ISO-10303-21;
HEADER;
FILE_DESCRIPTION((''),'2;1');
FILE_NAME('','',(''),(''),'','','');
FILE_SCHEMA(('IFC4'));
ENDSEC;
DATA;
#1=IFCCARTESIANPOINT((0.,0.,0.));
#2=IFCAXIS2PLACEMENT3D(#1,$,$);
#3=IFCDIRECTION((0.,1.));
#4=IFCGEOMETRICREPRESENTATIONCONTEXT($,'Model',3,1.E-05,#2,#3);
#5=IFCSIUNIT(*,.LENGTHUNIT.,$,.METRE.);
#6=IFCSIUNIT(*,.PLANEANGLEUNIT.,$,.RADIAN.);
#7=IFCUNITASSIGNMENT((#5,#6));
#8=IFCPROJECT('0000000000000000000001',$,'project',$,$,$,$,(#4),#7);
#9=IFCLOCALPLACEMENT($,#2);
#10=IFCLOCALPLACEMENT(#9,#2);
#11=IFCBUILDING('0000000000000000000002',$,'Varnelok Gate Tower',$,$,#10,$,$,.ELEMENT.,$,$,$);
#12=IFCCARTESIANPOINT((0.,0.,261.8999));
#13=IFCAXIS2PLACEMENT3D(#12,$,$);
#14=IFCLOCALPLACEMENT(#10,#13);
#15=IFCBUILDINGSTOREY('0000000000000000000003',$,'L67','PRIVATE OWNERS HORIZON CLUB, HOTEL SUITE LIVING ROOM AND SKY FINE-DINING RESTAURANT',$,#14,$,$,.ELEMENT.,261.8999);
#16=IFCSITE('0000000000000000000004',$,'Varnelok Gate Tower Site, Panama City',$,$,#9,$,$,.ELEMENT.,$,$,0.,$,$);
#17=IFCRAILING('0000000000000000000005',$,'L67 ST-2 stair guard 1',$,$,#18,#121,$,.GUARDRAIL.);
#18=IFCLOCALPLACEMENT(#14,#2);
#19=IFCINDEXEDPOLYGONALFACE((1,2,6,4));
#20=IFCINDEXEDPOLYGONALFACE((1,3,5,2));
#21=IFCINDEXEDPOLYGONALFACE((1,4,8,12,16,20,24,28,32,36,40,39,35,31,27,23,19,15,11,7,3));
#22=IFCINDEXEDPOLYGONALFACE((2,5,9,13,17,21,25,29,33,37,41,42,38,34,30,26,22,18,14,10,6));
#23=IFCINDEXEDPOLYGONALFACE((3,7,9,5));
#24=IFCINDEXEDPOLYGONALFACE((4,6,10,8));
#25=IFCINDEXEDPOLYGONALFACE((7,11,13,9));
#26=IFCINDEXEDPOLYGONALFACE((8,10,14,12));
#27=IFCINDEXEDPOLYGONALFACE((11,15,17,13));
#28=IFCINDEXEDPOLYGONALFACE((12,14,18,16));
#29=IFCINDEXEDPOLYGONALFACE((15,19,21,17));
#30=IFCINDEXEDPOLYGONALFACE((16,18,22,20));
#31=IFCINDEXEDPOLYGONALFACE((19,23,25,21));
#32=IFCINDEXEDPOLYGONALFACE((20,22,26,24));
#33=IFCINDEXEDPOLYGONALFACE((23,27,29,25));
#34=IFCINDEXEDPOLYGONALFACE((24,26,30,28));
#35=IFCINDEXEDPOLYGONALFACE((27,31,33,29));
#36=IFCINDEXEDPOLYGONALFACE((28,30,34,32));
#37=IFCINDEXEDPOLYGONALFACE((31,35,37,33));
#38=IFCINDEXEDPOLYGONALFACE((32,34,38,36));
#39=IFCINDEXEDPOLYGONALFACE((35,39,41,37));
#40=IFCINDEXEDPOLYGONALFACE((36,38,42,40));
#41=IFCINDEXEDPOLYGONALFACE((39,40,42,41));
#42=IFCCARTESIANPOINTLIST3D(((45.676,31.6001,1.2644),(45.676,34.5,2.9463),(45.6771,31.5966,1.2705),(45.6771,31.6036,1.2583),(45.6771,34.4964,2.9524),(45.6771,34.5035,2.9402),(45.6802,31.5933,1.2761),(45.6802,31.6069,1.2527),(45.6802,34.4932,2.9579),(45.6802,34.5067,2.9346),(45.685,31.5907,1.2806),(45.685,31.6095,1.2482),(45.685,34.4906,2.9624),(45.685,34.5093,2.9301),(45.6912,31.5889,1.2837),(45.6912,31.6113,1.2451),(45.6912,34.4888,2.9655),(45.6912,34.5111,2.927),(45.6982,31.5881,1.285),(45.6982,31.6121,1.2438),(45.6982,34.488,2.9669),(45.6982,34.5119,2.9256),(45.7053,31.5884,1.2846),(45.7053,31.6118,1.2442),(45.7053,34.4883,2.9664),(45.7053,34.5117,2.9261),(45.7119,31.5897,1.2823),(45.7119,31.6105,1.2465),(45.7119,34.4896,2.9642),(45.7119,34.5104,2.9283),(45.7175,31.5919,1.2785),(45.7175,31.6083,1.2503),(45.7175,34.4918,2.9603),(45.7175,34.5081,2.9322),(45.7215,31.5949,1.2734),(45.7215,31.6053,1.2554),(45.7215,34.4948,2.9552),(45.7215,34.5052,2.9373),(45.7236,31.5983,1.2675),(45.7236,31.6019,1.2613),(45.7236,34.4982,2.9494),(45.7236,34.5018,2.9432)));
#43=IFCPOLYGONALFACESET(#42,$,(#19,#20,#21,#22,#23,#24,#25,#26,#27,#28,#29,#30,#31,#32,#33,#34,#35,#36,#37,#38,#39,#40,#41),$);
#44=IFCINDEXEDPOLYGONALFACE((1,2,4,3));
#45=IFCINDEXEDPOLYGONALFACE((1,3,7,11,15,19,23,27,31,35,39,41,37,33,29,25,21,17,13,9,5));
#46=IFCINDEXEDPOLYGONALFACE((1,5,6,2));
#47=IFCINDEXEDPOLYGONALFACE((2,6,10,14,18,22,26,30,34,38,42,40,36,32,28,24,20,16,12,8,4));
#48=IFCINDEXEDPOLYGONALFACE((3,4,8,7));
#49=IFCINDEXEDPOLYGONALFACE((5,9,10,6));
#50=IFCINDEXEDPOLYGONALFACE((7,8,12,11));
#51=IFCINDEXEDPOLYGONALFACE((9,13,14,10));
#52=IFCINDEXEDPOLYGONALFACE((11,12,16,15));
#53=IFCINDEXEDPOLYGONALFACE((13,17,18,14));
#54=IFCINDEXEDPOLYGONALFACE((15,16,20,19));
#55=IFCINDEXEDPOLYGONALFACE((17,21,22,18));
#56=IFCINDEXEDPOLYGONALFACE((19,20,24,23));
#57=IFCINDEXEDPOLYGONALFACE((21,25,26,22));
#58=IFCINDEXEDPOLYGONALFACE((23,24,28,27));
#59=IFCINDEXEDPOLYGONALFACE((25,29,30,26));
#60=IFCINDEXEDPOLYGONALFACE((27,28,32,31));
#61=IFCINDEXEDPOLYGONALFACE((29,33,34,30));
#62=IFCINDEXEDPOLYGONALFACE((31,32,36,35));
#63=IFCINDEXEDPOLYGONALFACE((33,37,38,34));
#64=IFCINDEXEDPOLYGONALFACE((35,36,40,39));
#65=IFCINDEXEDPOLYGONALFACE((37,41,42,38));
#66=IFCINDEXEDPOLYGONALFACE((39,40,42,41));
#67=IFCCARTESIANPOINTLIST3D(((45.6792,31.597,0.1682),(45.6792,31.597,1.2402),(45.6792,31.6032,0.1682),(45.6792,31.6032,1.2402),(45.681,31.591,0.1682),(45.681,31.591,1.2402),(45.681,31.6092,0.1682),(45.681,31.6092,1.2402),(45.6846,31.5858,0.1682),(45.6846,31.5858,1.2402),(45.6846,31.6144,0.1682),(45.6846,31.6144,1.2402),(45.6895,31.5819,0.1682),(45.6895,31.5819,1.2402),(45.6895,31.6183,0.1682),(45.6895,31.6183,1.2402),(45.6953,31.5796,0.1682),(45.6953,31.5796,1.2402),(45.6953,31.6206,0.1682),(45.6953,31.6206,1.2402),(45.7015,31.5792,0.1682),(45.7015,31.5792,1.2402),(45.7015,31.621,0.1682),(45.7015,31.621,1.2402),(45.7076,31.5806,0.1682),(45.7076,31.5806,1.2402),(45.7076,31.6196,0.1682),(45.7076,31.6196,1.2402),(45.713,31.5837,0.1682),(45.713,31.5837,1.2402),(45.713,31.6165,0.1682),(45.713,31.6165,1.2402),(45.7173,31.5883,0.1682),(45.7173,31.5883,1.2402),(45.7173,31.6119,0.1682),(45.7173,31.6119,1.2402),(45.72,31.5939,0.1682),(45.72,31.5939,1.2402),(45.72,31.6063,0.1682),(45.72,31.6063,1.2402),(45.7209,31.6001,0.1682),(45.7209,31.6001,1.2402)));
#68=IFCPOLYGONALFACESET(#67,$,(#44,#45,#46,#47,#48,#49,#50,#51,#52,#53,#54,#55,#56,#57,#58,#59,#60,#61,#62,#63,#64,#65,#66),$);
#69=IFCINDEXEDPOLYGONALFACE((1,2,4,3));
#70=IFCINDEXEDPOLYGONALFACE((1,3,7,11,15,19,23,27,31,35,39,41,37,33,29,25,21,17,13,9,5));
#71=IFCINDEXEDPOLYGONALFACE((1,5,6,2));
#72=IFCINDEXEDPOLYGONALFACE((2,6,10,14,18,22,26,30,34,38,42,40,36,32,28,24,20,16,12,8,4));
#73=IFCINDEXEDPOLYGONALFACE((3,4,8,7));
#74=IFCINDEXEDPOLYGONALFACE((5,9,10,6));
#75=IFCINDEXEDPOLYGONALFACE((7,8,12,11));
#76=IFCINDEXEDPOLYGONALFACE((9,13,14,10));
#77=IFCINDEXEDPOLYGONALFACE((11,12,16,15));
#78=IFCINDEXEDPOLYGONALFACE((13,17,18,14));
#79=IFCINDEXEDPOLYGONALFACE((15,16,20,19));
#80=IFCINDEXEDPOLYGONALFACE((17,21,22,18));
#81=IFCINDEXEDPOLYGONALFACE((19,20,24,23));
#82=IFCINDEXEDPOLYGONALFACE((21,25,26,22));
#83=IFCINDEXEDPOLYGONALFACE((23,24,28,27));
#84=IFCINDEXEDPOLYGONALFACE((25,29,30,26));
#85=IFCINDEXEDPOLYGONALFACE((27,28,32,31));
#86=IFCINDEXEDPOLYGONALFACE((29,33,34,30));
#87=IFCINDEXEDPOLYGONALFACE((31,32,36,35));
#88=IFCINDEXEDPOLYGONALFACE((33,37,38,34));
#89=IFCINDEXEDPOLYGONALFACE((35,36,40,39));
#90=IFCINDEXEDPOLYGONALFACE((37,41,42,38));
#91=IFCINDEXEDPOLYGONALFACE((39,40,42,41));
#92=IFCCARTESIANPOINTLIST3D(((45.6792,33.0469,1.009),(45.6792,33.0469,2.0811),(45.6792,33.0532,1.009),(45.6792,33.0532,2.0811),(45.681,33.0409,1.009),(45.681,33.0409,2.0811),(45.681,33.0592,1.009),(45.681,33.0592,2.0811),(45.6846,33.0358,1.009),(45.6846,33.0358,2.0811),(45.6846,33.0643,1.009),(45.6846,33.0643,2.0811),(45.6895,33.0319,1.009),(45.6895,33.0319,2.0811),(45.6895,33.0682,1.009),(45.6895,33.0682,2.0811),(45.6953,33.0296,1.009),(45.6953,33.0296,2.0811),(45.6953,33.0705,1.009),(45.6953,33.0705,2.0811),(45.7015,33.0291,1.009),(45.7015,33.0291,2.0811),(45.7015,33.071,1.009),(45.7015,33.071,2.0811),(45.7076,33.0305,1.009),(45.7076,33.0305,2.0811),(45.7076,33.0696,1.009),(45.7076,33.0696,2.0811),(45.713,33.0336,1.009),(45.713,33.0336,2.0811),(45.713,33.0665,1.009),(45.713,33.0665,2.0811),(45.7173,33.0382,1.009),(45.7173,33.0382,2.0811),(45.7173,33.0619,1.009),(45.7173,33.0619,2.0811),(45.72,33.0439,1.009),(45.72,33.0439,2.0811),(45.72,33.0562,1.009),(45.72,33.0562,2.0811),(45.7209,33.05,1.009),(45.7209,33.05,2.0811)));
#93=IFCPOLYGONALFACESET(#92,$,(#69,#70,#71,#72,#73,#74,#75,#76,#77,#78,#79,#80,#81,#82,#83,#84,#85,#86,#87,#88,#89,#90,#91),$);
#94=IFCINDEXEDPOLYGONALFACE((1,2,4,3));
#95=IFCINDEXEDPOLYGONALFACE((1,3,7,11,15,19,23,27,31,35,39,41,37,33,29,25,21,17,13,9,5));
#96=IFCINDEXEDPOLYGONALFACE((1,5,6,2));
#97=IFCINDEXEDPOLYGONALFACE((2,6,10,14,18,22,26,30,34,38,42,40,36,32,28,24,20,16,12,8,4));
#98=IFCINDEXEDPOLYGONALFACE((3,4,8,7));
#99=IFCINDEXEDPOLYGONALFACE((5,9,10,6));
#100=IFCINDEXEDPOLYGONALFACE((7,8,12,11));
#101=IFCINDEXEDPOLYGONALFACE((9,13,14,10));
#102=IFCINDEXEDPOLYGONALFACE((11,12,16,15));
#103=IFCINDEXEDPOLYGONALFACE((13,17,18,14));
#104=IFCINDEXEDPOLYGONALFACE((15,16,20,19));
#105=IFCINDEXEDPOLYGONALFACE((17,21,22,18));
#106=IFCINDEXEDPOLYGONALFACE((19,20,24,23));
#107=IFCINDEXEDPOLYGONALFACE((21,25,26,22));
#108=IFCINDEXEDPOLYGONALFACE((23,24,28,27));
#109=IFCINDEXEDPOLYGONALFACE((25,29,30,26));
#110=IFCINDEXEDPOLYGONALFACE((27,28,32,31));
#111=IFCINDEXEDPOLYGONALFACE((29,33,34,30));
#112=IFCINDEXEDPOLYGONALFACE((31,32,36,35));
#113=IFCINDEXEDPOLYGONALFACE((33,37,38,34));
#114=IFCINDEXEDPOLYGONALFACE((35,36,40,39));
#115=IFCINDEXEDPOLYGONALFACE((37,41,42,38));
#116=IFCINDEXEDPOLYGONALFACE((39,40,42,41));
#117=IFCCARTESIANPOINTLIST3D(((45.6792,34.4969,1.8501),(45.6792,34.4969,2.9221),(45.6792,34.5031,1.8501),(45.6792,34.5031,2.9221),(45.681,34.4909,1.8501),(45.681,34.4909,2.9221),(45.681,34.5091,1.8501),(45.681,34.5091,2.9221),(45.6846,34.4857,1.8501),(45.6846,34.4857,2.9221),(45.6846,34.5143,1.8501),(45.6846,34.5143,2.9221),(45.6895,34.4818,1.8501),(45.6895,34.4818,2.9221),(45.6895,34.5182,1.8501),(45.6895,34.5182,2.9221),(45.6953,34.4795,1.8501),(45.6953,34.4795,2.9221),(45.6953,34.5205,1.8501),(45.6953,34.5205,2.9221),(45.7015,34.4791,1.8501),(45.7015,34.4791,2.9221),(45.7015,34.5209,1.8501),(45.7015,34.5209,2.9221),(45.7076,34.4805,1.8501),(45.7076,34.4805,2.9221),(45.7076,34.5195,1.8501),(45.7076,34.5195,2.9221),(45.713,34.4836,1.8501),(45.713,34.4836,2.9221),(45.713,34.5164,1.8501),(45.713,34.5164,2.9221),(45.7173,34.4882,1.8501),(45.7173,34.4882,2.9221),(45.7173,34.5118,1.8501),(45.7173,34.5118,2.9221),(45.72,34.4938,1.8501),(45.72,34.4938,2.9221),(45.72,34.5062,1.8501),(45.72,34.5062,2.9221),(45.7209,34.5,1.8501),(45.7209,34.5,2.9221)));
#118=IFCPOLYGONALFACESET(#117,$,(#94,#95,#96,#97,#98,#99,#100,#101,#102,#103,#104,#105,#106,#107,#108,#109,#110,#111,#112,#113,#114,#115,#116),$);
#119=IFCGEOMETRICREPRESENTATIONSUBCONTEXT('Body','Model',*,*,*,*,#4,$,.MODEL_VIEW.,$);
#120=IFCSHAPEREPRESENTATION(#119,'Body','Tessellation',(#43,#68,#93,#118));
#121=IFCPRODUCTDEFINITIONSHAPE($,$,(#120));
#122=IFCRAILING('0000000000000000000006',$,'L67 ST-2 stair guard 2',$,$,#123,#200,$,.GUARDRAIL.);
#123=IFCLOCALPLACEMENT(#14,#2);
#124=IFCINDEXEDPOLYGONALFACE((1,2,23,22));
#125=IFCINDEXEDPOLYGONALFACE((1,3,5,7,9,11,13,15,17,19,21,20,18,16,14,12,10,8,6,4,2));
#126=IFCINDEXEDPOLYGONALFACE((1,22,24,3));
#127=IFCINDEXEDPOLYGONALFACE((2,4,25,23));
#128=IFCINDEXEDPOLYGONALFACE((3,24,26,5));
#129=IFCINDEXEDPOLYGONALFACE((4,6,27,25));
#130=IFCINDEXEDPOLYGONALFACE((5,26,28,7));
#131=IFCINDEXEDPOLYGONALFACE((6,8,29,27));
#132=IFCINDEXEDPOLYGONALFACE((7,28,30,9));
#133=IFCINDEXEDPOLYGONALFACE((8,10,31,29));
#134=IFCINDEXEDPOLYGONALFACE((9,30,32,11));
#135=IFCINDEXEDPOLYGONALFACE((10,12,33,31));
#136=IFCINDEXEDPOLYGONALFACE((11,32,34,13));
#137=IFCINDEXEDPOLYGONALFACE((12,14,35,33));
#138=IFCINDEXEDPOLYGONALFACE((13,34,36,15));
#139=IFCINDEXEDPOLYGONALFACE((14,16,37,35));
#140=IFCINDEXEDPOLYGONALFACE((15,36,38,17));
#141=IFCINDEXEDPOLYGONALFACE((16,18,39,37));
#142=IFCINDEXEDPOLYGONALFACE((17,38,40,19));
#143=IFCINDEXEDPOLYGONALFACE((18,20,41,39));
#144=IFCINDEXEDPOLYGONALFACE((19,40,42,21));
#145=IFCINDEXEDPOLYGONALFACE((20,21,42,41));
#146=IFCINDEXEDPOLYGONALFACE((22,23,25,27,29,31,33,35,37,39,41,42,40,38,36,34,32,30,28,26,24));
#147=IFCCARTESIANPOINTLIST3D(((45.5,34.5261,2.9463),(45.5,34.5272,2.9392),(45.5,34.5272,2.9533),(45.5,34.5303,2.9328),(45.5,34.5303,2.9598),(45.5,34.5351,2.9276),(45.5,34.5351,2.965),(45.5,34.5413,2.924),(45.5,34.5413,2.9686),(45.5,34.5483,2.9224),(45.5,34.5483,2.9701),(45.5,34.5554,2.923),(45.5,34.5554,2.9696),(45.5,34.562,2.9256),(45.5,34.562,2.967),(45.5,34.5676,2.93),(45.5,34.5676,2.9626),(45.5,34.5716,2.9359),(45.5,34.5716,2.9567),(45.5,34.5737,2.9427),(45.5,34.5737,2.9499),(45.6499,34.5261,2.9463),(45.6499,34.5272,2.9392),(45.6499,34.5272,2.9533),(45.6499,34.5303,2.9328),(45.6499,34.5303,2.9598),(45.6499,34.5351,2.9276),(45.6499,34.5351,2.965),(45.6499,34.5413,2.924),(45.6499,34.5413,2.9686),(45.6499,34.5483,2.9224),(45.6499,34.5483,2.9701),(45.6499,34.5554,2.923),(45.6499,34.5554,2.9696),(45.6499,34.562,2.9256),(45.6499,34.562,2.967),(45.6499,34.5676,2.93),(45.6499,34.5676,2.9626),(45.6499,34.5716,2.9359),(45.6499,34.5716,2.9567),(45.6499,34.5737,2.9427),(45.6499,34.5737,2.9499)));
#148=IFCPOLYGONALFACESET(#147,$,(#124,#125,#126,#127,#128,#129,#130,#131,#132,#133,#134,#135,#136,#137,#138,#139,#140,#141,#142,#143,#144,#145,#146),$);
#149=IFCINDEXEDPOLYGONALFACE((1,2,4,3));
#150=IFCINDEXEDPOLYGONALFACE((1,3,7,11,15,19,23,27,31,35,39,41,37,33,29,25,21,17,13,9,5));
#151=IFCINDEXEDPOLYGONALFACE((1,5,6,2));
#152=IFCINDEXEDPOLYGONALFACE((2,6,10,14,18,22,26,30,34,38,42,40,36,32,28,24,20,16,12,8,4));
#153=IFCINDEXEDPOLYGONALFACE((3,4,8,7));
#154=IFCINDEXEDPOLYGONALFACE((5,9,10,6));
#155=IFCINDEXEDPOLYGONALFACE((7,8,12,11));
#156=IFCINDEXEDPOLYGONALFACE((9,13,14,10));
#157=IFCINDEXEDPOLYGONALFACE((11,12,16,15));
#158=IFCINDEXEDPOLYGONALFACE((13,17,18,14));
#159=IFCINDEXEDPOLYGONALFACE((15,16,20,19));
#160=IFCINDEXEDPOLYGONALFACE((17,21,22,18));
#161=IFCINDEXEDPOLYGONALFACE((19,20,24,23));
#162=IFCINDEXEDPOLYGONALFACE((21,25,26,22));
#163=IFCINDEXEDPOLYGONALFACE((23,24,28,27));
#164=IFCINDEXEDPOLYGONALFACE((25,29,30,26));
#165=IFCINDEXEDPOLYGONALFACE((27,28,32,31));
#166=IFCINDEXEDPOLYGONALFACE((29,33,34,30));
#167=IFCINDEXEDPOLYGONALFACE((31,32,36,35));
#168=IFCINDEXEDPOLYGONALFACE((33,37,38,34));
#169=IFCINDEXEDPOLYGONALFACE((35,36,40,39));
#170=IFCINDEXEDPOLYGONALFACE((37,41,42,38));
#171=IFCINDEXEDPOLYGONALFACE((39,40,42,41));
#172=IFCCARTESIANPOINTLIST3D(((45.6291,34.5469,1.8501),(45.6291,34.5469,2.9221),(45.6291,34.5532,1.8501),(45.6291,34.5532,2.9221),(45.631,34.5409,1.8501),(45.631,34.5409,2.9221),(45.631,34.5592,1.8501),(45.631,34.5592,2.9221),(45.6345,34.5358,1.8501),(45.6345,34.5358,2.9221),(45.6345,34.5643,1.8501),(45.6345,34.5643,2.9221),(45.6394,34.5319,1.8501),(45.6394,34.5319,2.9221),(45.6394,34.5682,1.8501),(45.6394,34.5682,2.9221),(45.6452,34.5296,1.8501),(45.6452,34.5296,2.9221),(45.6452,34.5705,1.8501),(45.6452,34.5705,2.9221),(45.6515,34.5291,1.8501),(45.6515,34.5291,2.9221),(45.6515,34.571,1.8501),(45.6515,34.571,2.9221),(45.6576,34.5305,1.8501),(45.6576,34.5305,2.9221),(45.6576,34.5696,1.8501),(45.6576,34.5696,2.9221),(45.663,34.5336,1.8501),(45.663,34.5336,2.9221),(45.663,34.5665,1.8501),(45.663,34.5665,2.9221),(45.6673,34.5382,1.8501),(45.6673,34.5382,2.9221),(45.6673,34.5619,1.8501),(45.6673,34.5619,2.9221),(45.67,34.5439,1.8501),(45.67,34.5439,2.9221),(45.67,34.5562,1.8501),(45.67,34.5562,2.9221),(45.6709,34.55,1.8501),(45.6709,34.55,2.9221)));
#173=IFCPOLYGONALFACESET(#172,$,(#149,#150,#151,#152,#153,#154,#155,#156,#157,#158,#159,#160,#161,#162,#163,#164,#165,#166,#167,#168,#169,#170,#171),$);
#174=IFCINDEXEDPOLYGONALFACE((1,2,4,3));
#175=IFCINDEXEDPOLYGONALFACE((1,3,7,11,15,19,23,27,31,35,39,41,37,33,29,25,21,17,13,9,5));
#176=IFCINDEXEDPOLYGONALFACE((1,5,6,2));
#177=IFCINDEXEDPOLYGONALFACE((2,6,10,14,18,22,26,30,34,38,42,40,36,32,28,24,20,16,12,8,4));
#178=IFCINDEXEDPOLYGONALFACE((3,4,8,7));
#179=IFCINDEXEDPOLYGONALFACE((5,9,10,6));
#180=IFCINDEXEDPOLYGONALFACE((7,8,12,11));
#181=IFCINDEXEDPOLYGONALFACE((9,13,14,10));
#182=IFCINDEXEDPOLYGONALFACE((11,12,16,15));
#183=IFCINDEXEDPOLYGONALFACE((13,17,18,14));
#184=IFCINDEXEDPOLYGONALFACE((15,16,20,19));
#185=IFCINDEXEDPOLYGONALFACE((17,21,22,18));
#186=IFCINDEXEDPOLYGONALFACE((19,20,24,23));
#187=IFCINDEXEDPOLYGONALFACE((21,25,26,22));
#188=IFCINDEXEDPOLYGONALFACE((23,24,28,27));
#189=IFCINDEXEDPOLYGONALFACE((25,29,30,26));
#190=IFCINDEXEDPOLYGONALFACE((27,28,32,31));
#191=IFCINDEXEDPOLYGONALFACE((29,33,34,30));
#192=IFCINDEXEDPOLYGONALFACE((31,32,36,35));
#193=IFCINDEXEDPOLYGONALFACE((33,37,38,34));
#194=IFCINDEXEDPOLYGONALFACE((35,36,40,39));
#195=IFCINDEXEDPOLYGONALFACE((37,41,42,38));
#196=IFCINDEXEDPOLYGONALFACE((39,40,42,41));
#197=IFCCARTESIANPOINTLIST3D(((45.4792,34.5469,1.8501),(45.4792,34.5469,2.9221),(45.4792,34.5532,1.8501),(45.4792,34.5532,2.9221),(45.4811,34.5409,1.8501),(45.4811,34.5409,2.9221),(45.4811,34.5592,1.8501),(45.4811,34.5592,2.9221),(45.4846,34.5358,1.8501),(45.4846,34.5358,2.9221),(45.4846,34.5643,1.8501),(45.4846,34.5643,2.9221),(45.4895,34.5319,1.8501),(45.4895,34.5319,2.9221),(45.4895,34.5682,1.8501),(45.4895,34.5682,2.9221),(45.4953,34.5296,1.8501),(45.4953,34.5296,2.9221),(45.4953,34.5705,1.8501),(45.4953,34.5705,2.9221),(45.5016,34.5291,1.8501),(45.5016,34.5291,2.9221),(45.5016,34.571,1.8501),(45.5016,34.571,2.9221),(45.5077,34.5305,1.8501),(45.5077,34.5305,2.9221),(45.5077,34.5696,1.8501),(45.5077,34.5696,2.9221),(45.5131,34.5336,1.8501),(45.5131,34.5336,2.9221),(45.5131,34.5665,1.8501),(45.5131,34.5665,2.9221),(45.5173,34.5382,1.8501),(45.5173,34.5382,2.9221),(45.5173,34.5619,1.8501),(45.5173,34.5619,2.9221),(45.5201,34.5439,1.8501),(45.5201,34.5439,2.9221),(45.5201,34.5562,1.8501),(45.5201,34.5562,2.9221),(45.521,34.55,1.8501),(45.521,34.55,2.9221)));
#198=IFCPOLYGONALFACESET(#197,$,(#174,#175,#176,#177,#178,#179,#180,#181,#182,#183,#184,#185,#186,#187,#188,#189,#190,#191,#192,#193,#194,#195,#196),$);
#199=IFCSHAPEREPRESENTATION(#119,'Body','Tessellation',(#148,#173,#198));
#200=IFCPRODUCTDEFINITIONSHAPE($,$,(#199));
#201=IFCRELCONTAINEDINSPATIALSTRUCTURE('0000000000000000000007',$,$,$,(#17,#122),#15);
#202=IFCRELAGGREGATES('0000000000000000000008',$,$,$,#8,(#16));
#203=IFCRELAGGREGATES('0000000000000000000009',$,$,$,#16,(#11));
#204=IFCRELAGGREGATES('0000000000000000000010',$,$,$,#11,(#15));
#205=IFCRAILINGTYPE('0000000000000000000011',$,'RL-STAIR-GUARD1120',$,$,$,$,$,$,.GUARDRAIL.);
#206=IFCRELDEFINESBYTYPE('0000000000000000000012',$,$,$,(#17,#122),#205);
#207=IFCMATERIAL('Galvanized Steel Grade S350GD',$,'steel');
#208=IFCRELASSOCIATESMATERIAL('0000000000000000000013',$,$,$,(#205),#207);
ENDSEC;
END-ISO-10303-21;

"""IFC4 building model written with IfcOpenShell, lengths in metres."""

from ifc_helpers import new_model, si_unit, direction, frame, origin, origin_2d, place, context, subcontext, project, spatial, circle, extrude, material, type_object, element, save


model = new_model("IFC4")

# Units and contexts
model_context = context("Model", 3, precision=1e-05, world=origin(), true_north=direction((0.0, 1.0)))
body_context = subcontext(model_context, "Body", "Model", "MODEL_VIEW")
ifc_project = project(units=[si_unit("LENGTHUNIT", "METRE"), si_unit("PLANEANGLEUNIT", "RADIAN")], contexts=[model_context])

# Site, building, storey
site_placement = place(None, origin())
site = spatial("IfcSite", under=ifc_project, at=site_placement, Name="Varnelok Gate Tower Site, Panama City", CompositionType="ELEMENT", RefElevation=0.0)
building_placement = place(site_placement, origin())
building = spatial("IfcBuilding", under=site, at=building_placement, Name="Varnelok Gate Tower", CompositionType="ELEMENT")
storey_placement = place(building_placement, frame((0.0, 0.0, 261.8999)))
storey = spatial("IfcBuildingStorey", under=building, at=storey_placement, Name="L67", Description="PRIVATE OWNERS HORIZON CLUB, HOTEL SUITE LIVING ROOM AND SKY FINE-DINING RESTAURANT", CompositionType="ELEMENT", Elevation=261.8999)

# Shared definitions
ifc_material_1 = material(Name="Galvanized Steel Grade S350GD", Category="steel")

# Railings
railing_type_1 = type_object("IfcRailingType", Name="RL-STAIR-GUARD1120", PredefinedType="GUARDRAIL", material=ifc_material_1)
railing_1_placement = place(storey_placement, frame((45.7, 31.6001, 0.1682)))
element("IfcRailing", 1, at=railing_1_placement, inside=storey, type_object=railing_type_1, Name="L67 ST-2 stair guard 1", PredefinedType="GUARDRAIL", context=body_context, shape_type="SweptSolid", body=[
    extrude(circle(Radius=0.0239, at=origin_2d()), frame((0.0, 0.0, 1.0962), z_axis=(0.0, 0.865039, 0.501705), x_axis=(-1.0, 0.0, 0.0)), (0.0, 0.0, 1.0), 3.3523),
    extrude(circle(Radius=0.021, at=origin_2d()), origin(), (0.0, 0.0, 1.0), 1.072),
    extrude(circle(Radius=0.021, at=origin_2d()), frame((0.0, 1.45, 0.8408)), (0.0, 0.0, 1.0), 1.072),
    extrude(circle(Radius=0.021, at=origin_2d()), frame((0.0, 2.8999, 1.6819)), (0.0, 0.0, 1.0), 1.072),
])
railing_2_placement = place(storey_placement, frame((45.6499, 34.55, 1.8501)))
element("IfcRailing", 2, at=railing_2_placement, inside=storey, type_object=railing_type_1, Name="L67 ST-2 stair guard 2", PredefinedType="GUARDRAIL", context=body_context, shape_type="SweptSolid", body=[
    extrude(circle(Radius=0.0239, at=origin_2d()), frame((0.0, 0.0, 1.0962), z_axis=(-1.0, 0.0, 0.0), x_axis=(0.0, -1.0, 0.0)), (0.0, 0.0, 1.0), 0.1499),
    extrude(circle(Radius=0.021, at=origin_2d()), origin(), (0.0, 0.0, 1.0), 1.072),
    extrude(circle(Radius=0.021, at=origin_2d()), frame((-0.1499, 0.0, 0.0)), (0.0, 0.0, 1.0), 1.072),
])

save(model, "model.ifc")
